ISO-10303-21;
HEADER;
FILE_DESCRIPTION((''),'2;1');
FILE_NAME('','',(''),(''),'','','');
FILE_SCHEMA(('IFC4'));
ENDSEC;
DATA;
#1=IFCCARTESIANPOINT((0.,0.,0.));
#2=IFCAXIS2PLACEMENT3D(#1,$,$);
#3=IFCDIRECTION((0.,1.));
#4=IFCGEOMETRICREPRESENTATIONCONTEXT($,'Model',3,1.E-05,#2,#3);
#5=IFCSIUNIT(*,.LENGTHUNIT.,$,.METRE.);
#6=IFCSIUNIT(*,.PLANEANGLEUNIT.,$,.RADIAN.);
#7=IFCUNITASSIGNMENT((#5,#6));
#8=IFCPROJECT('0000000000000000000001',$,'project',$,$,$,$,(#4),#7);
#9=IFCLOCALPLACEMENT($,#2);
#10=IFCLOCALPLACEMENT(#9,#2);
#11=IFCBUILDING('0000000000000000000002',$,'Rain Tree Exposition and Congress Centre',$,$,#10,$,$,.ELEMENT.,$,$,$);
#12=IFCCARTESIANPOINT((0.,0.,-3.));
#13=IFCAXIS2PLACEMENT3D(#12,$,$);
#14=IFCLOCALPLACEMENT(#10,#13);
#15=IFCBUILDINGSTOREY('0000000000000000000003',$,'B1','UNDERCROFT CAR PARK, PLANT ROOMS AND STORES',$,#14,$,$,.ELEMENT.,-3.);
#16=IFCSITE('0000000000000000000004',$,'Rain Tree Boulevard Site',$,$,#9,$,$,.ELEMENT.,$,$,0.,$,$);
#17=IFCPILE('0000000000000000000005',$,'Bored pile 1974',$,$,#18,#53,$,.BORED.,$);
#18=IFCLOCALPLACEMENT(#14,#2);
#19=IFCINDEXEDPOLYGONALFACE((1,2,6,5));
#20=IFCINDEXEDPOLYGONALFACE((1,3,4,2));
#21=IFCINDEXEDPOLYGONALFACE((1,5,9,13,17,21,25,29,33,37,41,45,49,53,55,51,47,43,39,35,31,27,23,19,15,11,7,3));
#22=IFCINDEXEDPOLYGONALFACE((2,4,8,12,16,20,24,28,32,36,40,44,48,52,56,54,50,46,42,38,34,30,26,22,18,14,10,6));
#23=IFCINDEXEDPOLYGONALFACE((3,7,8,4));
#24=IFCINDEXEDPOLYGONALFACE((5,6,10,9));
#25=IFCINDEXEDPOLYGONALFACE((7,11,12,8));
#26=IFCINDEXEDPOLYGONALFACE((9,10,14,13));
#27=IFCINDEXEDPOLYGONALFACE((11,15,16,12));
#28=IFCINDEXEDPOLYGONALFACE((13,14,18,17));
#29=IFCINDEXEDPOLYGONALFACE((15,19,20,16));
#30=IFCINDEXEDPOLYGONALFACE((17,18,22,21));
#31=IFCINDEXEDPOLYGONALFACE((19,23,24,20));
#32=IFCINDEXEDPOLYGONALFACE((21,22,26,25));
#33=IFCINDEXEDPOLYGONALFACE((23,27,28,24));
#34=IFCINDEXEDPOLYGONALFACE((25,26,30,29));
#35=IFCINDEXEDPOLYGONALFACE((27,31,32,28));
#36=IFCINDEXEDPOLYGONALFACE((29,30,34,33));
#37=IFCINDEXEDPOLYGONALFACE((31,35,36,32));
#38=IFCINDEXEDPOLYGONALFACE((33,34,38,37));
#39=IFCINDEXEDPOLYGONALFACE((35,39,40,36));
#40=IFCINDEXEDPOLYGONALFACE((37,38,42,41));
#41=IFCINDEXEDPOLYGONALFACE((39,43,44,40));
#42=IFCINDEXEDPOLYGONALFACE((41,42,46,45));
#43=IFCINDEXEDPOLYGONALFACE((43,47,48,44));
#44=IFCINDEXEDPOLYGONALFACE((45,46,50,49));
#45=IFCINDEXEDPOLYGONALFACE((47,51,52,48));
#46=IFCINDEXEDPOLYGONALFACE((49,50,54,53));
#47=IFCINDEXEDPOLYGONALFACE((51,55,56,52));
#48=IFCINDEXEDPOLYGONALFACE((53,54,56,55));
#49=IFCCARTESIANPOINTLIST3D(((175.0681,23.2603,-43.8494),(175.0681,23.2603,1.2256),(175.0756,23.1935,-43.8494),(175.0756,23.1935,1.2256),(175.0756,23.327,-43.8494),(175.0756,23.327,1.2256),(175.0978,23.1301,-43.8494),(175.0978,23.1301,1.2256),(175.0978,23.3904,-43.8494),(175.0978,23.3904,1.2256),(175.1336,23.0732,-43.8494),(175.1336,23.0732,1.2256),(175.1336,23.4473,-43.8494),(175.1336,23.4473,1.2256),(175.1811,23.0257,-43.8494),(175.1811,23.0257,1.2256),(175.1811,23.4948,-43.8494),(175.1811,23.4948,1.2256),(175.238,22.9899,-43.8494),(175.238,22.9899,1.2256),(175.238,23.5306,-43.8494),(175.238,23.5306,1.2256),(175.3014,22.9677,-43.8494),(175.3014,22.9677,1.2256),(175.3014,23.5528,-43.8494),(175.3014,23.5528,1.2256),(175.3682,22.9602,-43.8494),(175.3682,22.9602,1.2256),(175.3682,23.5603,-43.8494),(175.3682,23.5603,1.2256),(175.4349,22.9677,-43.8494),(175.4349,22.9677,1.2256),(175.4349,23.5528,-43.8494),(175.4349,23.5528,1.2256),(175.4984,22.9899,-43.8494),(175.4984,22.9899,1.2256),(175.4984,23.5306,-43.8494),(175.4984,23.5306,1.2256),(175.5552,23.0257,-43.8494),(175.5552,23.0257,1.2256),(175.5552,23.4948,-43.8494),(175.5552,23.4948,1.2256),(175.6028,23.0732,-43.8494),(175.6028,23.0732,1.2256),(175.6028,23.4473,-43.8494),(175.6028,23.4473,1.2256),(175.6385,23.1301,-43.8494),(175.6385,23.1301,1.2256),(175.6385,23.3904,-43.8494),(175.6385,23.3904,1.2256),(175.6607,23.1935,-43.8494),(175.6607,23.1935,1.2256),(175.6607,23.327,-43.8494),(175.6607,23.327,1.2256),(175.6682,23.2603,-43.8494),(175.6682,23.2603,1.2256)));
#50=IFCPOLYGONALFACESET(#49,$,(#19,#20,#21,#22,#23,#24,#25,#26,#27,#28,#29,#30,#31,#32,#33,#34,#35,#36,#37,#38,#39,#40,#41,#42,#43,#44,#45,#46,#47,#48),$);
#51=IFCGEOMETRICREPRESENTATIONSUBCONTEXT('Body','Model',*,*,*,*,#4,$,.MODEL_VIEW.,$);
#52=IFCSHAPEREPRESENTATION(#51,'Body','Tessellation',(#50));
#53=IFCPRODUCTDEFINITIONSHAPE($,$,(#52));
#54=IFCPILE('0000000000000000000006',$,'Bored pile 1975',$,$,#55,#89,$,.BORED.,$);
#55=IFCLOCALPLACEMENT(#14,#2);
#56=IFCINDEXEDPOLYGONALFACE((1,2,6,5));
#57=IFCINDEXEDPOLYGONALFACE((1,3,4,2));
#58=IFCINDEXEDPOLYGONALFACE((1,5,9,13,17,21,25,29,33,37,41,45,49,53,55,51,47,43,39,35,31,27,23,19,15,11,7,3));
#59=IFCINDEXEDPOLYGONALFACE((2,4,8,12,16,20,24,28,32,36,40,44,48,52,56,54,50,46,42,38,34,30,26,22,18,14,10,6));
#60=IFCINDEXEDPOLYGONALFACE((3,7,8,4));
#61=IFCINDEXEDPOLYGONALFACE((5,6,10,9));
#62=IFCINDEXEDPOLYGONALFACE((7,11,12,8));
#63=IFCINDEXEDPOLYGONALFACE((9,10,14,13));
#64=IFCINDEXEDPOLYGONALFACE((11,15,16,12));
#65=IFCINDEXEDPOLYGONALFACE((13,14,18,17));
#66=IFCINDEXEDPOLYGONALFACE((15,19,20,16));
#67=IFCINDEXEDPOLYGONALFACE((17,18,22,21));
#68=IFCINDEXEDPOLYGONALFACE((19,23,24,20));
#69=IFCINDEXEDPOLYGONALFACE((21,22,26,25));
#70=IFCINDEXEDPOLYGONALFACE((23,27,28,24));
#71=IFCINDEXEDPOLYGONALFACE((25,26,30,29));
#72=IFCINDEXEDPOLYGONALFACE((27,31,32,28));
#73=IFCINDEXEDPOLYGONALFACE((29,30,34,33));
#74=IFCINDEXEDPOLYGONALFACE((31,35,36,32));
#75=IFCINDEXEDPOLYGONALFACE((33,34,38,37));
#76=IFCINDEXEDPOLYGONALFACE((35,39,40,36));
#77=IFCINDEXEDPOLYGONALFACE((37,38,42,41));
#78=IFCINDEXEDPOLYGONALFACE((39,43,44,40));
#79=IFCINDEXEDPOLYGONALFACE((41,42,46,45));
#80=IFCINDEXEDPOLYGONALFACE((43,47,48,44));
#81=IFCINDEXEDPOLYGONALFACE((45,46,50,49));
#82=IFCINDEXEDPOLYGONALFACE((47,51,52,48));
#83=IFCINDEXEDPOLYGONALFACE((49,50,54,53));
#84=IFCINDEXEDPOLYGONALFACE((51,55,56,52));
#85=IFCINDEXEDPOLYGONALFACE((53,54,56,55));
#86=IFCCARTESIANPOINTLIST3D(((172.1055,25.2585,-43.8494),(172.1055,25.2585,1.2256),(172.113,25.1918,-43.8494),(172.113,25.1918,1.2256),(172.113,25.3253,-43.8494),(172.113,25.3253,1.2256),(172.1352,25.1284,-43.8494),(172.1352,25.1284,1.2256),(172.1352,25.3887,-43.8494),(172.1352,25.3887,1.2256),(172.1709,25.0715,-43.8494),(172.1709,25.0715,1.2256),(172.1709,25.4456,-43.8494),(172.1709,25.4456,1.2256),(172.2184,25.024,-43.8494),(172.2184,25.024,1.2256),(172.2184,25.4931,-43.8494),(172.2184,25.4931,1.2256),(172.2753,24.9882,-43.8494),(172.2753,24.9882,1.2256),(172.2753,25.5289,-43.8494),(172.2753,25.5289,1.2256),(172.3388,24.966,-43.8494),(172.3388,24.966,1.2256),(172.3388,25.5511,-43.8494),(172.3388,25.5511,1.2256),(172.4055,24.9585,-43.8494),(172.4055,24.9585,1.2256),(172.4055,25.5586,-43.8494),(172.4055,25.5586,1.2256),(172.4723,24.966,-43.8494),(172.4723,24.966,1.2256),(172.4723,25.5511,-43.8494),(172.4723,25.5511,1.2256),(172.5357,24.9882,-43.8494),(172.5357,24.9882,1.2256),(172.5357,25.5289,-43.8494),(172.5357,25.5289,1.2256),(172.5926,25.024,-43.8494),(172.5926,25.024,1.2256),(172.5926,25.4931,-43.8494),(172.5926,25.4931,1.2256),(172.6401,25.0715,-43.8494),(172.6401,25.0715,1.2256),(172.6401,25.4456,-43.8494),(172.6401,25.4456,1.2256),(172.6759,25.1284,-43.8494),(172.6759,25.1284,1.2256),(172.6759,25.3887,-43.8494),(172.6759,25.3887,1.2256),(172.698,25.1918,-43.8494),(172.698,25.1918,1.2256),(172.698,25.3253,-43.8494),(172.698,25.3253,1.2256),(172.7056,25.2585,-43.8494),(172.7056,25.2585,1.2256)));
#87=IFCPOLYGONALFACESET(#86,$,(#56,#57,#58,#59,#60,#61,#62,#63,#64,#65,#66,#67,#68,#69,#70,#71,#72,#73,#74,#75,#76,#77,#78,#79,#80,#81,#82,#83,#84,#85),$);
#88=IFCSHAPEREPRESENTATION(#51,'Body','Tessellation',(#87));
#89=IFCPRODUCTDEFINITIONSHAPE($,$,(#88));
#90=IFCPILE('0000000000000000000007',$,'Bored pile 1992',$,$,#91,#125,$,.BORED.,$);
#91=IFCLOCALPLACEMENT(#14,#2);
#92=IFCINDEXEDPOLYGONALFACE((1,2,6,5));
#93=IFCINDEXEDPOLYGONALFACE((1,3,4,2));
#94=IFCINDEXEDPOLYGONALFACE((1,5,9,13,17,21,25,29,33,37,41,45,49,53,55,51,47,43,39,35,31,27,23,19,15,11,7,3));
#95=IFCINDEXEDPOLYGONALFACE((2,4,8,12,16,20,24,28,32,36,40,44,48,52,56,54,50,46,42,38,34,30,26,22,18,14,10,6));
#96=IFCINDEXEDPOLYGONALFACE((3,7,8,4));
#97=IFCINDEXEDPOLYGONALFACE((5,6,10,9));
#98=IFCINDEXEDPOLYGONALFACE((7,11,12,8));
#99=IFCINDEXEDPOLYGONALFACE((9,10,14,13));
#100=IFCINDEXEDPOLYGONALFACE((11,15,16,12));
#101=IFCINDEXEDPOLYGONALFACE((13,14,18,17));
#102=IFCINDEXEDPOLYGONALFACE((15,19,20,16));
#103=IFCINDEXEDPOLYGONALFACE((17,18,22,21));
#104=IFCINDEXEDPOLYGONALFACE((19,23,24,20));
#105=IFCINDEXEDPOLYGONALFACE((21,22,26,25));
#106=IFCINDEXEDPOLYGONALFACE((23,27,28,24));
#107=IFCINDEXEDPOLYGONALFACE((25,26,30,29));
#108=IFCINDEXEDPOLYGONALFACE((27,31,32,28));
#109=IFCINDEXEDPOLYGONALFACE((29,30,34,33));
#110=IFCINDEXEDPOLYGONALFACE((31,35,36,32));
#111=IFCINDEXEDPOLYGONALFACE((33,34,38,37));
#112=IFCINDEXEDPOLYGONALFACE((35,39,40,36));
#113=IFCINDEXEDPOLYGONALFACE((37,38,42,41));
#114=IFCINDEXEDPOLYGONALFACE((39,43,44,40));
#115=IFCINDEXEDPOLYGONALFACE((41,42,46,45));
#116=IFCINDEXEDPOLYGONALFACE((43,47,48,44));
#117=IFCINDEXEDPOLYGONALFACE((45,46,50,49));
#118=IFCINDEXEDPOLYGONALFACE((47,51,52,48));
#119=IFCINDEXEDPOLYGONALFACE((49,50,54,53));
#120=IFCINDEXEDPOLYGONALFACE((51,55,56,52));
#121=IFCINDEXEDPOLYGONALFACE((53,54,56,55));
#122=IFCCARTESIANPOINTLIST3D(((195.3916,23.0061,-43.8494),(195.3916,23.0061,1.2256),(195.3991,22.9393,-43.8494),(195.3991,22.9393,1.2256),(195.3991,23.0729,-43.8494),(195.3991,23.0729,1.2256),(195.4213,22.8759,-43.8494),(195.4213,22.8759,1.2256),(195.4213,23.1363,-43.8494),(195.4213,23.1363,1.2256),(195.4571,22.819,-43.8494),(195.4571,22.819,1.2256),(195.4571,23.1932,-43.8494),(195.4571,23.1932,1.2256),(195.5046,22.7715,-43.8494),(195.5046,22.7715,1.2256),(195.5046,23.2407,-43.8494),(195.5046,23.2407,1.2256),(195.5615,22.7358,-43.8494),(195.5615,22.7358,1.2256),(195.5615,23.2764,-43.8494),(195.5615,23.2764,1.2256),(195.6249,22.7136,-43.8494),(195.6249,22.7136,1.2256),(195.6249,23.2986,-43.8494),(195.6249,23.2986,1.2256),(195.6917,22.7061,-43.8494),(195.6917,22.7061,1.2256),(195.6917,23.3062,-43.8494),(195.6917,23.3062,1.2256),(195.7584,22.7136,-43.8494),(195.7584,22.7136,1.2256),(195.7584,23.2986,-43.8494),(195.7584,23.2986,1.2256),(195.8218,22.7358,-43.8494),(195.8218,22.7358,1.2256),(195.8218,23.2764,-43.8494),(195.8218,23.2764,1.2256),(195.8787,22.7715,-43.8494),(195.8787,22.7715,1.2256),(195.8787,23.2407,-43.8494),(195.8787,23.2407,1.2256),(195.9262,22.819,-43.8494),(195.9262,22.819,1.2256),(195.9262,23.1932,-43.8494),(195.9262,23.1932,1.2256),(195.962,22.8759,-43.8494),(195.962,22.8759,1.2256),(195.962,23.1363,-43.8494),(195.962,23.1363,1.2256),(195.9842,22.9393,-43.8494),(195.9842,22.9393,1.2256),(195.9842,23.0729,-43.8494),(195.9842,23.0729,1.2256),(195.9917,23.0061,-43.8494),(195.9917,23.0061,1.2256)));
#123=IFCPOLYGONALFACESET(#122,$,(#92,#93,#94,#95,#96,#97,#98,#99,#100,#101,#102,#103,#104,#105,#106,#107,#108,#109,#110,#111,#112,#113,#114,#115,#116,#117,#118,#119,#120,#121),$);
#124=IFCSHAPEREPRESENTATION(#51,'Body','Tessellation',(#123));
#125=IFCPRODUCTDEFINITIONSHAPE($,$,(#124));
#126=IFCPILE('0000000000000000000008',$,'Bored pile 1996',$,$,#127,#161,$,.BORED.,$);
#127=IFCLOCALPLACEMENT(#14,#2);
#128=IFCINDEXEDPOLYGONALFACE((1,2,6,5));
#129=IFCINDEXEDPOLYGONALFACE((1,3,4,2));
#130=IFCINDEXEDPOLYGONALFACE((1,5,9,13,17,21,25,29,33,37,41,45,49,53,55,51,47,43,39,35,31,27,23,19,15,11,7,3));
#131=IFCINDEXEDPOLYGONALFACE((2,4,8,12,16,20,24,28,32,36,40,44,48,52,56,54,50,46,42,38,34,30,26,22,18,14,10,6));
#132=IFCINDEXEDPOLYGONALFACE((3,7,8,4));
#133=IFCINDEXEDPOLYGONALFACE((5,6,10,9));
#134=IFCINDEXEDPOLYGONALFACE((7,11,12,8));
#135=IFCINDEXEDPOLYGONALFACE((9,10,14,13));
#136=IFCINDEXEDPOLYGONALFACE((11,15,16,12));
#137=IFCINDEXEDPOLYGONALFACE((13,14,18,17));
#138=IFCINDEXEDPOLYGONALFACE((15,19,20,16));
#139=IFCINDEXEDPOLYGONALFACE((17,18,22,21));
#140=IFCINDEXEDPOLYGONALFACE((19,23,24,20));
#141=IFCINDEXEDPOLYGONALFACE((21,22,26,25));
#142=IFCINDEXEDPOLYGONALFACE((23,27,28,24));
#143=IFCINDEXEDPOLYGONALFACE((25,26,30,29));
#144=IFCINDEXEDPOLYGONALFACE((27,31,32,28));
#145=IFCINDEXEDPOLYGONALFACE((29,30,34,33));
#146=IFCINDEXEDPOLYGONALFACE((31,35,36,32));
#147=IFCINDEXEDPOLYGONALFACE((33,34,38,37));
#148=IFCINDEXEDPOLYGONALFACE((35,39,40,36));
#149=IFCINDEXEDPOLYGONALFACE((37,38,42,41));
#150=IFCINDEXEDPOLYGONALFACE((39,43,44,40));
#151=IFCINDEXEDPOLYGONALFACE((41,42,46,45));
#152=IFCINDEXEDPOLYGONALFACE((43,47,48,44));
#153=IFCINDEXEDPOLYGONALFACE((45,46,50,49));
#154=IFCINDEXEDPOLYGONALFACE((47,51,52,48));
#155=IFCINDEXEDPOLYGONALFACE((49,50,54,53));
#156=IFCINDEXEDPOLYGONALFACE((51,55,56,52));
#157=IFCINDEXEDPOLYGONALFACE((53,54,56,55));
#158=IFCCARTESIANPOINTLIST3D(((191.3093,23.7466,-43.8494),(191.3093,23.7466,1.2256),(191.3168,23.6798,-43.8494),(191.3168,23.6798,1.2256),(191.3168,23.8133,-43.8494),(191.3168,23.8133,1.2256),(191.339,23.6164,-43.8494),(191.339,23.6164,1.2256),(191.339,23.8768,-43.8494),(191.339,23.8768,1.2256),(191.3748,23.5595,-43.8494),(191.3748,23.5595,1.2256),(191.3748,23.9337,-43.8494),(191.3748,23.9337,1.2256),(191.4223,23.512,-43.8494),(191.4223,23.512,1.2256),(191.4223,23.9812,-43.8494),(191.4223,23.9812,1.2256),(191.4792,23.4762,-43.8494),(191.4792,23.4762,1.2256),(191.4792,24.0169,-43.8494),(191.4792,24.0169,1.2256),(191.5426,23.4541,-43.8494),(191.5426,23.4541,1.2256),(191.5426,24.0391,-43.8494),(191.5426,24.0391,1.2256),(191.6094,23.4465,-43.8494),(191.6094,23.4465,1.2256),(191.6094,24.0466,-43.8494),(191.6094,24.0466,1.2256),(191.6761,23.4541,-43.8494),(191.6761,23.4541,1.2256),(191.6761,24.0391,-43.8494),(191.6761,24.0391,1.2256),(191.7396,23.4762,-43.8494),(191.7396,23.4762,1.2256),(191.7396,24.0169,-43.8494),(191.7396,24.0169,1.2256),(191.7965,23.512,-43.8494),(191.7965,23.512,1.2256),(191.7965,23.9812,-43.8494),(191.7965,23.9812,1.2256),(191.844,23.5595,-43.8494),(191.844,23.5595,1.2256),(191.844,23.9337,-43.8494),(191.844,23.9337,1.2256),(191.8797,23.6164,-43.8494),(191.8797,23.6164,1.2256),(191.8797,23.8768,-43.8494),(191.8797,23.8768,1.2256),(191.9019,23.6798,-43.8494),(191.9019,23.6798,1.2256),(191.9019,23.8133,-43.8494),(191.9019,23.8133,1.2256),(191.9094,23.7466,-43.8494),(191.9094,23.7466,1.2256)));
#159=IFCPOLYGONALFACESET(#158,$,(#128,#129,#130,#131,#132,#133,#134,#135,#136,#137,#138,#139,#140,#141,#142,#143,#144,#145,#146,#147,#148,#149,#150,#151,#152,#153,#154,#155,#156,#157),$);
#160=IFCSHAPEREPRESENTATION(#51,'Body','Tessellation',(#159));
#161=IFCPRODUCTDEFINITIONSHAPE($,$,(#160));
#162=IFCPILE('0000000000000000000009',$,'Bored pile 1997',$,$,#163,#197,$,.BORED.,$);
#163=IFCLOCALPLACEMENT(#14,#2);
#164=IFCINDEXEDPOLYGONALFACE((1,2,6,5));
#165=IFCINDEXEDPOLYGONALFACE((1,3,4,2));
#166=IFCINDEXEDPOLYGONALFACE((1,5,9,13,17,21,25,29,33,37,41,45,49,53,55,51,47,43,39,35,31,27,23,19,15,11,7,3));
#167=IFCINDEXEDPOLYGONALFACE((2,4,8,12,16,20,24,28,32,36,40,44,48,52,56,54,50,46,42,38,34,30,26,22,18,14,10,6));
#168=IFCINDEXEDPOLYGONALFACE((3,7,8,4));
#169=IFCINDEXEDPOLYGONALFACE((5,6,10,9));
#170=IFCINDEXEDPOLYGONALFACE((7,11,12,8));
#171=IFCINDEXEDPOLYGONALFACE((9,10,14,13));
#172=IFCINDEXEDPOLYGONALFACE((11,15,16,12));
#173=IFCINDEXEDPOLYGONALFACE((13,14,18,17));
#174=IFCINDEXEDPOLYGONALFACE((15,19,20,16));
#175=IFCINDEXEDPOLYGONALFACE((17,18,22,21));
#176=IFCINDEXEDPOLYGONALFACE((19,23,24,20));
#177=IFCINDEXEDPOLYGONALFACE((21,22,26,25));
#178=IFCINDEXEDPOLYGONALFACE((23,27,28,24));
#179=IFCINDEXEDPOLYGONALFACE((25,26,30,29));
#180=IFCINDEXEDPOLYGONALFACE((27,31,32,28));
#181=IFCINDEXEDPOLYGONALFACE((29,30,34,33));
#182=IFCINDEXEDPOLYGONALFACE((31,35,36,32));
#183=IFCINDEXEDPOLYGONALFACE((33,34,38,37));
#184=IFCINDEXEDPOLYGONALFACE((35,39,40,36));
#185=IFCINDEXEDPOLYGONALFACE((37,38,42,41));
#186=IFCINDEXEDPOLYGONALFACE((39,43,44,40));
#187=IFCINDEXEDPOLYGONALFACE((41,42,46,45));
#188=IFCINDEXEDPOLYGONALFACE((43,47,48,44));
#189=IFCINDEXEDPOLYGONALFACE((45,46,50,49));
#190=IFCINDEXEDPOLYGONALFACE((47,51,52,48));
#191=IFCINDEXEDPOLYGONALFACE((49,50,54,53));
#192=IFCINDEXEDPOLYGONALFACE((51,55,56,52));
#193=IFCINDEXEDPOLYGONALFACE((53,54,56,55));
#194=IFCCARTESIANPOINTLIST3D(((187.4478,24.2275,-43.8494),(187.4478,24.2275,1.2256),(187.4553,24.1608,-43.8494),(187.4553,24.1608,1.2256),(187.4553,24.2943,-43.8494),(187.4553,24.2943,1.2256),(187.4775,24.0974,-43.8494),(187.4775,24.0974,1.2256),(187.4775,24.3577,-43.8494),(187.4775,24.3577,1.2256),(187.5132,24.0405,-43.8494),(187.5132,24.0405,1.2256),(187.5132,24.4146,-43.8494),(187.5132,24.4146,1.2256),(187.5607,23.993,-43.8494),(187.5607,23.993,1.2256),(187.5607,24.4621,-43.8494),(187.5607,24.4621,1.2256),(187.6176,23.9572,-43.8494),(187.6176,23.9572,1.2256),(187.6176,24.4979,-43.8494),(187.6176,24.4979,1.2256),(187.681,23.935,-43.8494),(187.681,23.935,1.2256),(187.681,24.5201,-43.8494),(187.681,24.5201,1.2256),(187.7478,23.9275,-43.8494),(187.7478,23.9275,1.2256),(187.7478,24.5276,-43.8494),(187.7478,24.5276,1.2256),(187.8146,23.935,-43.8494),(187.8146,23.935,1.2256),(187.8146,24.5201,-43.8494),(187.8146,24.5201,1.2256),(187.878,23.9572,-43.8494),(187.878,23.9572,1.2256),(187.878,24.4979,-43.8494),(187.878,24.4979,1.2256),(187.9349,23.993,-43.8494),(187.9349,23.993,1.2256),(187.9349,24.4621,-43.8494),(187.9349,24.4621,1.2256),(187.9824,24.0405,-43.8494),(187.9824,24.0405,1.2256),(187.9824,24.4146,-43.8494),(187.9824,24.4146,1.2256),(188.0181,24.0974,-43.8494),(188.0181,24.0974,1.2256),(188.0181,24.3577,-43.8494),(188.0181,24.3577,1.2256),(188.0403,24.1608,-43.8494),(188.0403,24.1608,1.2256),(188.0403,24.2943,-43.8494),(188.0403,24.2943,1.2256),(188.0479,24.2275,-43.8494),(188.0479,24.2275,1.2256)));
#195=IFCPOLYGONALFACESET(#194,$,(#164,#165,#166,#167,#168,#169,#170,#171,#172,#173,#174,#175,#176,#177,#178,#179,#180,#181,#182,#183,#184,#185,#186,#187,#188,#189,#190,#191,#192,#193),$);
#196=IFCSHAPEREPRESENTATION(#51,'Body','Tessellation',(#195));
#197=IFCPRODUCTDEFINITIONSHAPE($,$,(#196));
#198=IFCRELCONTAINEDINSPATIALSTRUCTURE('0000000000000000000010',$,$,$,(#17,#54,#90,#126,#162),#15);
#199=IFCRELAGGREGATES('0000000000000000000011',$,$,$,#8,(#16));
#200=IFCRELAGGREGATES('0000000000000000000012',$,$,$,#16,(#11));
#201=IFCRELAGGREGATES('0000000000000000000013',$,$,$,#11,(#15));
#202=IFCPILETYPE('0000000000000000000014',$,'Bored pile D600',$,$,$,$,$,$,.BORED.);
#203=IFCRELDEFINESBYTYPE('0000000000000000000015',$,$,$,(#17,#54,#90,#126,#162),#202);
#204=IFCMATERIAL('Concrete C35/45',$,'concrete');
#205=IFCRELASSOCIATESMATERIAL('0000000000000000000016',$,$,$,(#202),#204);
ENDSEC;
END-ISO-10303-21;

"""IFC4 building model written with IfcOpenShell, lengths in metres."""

from ifc_helpers import new_model, si_unit, direction, frame, origin, origin_2d, place, context, subcontext, project, spatial, circle, extrude, material, material_profile, profile_set, type_object, element, save


model = new_model("IFC4")

# Units and contexts
model_context = context("Model", 3, precision=1e-05, world=origin(), true_north=direction((0.0, 1.0)))
body_context = subcontext(model_context, "Body", "Model", "MODEL_VIEW")
ifc_project = project(units=[si_unit("LENGTHUNIT", "METRE"), si_unit("PLANEANGLEUNIT", "RADIAN")], contexts=[model_context])

# Site, building, storey
site_placement = place(None, origin())
site = spatial("IfcSite", under=ifc_project, at=site_placement, Name="Rain Tree Boulevard Site", CompositionType="ELEMENT", RefElevation=0.0)
building_placement = place(site_placement, origin())
building = spatial("IfcBuilding", under=site, at=building_placement, Name="Rain Tree Exposition and Congress Centre", CompositionType="ELEMENT")
storey_placement = place(building_placement, frame((0.0, 0.0, -3.0)))
storey = spatial("IfcBuildingStorey", under=building, at=storey_placement, Name="B1", Description="UNDERCROFT CAR PARK, PLANT ROOMS AND STORES", CompositionType="ELEMENT", Elevation=-3.0)

# Piles
ifc_material_1 = material(Name="Concrete C35/45", Category="concrete")
ifc_material_profile_1 = material_profile(ifc_material_1, circle(Radius=0.3, at=origin_2d()), Name="D600")
ifc_profile_set_1 = profile_set([ifc_material_profile_1], Name="Concrete C35/45")
pile_type_1 = type_object("IfcPileType", Name="Bored pile D600", PredefinedType="BORED", material=ifc_profile_set_1)
for number, where, z_axis, x_axis, name in (
    (1, (175.3682, 23.2603, 1.2256), (0.0, 0.0, -1.0), (1.0, 0.0, 0.0), "Bored pile 1974"),
    (2, (172.4055, 25.2585, 1.2256), (0.0, 0.0, -1.0), (1.0, 0.0, 0.0), "Bored pile 1975"),
    (3, (195.6917, 23.0061, 1.2256), (0.0, 0.0, -1.0), (1.0, 0.0, 0.0), "Bored pile 1992"),
    (4, (191.6094, 23.7466, 1.2256), (0.0, 0.0, -1.0), (1.0, 0.0, 0.0), "Bored pile 1996"),
    (5, (187.7478, 24.2275, 1.2256), (0.0, 0.0, -1.0), (1.0, 0.0, 0.0), "Bored pile 1997"),
):
    element("IfcPile", number, at=place(storey_placement, frame(where, z_axis=z_axis, x_axis=x_axis)), inside=storey, type_object=pile_type_1, Name=name, PredefinedType="BORED", context=body_context, shape_type="SweptSolid", body=[
        extrude(circle(Radius=0.3, at=origin_2d()), origin(), (0.0, 0.0, 1.0), 45.075),
    ])

save(model, "model.ifc")
